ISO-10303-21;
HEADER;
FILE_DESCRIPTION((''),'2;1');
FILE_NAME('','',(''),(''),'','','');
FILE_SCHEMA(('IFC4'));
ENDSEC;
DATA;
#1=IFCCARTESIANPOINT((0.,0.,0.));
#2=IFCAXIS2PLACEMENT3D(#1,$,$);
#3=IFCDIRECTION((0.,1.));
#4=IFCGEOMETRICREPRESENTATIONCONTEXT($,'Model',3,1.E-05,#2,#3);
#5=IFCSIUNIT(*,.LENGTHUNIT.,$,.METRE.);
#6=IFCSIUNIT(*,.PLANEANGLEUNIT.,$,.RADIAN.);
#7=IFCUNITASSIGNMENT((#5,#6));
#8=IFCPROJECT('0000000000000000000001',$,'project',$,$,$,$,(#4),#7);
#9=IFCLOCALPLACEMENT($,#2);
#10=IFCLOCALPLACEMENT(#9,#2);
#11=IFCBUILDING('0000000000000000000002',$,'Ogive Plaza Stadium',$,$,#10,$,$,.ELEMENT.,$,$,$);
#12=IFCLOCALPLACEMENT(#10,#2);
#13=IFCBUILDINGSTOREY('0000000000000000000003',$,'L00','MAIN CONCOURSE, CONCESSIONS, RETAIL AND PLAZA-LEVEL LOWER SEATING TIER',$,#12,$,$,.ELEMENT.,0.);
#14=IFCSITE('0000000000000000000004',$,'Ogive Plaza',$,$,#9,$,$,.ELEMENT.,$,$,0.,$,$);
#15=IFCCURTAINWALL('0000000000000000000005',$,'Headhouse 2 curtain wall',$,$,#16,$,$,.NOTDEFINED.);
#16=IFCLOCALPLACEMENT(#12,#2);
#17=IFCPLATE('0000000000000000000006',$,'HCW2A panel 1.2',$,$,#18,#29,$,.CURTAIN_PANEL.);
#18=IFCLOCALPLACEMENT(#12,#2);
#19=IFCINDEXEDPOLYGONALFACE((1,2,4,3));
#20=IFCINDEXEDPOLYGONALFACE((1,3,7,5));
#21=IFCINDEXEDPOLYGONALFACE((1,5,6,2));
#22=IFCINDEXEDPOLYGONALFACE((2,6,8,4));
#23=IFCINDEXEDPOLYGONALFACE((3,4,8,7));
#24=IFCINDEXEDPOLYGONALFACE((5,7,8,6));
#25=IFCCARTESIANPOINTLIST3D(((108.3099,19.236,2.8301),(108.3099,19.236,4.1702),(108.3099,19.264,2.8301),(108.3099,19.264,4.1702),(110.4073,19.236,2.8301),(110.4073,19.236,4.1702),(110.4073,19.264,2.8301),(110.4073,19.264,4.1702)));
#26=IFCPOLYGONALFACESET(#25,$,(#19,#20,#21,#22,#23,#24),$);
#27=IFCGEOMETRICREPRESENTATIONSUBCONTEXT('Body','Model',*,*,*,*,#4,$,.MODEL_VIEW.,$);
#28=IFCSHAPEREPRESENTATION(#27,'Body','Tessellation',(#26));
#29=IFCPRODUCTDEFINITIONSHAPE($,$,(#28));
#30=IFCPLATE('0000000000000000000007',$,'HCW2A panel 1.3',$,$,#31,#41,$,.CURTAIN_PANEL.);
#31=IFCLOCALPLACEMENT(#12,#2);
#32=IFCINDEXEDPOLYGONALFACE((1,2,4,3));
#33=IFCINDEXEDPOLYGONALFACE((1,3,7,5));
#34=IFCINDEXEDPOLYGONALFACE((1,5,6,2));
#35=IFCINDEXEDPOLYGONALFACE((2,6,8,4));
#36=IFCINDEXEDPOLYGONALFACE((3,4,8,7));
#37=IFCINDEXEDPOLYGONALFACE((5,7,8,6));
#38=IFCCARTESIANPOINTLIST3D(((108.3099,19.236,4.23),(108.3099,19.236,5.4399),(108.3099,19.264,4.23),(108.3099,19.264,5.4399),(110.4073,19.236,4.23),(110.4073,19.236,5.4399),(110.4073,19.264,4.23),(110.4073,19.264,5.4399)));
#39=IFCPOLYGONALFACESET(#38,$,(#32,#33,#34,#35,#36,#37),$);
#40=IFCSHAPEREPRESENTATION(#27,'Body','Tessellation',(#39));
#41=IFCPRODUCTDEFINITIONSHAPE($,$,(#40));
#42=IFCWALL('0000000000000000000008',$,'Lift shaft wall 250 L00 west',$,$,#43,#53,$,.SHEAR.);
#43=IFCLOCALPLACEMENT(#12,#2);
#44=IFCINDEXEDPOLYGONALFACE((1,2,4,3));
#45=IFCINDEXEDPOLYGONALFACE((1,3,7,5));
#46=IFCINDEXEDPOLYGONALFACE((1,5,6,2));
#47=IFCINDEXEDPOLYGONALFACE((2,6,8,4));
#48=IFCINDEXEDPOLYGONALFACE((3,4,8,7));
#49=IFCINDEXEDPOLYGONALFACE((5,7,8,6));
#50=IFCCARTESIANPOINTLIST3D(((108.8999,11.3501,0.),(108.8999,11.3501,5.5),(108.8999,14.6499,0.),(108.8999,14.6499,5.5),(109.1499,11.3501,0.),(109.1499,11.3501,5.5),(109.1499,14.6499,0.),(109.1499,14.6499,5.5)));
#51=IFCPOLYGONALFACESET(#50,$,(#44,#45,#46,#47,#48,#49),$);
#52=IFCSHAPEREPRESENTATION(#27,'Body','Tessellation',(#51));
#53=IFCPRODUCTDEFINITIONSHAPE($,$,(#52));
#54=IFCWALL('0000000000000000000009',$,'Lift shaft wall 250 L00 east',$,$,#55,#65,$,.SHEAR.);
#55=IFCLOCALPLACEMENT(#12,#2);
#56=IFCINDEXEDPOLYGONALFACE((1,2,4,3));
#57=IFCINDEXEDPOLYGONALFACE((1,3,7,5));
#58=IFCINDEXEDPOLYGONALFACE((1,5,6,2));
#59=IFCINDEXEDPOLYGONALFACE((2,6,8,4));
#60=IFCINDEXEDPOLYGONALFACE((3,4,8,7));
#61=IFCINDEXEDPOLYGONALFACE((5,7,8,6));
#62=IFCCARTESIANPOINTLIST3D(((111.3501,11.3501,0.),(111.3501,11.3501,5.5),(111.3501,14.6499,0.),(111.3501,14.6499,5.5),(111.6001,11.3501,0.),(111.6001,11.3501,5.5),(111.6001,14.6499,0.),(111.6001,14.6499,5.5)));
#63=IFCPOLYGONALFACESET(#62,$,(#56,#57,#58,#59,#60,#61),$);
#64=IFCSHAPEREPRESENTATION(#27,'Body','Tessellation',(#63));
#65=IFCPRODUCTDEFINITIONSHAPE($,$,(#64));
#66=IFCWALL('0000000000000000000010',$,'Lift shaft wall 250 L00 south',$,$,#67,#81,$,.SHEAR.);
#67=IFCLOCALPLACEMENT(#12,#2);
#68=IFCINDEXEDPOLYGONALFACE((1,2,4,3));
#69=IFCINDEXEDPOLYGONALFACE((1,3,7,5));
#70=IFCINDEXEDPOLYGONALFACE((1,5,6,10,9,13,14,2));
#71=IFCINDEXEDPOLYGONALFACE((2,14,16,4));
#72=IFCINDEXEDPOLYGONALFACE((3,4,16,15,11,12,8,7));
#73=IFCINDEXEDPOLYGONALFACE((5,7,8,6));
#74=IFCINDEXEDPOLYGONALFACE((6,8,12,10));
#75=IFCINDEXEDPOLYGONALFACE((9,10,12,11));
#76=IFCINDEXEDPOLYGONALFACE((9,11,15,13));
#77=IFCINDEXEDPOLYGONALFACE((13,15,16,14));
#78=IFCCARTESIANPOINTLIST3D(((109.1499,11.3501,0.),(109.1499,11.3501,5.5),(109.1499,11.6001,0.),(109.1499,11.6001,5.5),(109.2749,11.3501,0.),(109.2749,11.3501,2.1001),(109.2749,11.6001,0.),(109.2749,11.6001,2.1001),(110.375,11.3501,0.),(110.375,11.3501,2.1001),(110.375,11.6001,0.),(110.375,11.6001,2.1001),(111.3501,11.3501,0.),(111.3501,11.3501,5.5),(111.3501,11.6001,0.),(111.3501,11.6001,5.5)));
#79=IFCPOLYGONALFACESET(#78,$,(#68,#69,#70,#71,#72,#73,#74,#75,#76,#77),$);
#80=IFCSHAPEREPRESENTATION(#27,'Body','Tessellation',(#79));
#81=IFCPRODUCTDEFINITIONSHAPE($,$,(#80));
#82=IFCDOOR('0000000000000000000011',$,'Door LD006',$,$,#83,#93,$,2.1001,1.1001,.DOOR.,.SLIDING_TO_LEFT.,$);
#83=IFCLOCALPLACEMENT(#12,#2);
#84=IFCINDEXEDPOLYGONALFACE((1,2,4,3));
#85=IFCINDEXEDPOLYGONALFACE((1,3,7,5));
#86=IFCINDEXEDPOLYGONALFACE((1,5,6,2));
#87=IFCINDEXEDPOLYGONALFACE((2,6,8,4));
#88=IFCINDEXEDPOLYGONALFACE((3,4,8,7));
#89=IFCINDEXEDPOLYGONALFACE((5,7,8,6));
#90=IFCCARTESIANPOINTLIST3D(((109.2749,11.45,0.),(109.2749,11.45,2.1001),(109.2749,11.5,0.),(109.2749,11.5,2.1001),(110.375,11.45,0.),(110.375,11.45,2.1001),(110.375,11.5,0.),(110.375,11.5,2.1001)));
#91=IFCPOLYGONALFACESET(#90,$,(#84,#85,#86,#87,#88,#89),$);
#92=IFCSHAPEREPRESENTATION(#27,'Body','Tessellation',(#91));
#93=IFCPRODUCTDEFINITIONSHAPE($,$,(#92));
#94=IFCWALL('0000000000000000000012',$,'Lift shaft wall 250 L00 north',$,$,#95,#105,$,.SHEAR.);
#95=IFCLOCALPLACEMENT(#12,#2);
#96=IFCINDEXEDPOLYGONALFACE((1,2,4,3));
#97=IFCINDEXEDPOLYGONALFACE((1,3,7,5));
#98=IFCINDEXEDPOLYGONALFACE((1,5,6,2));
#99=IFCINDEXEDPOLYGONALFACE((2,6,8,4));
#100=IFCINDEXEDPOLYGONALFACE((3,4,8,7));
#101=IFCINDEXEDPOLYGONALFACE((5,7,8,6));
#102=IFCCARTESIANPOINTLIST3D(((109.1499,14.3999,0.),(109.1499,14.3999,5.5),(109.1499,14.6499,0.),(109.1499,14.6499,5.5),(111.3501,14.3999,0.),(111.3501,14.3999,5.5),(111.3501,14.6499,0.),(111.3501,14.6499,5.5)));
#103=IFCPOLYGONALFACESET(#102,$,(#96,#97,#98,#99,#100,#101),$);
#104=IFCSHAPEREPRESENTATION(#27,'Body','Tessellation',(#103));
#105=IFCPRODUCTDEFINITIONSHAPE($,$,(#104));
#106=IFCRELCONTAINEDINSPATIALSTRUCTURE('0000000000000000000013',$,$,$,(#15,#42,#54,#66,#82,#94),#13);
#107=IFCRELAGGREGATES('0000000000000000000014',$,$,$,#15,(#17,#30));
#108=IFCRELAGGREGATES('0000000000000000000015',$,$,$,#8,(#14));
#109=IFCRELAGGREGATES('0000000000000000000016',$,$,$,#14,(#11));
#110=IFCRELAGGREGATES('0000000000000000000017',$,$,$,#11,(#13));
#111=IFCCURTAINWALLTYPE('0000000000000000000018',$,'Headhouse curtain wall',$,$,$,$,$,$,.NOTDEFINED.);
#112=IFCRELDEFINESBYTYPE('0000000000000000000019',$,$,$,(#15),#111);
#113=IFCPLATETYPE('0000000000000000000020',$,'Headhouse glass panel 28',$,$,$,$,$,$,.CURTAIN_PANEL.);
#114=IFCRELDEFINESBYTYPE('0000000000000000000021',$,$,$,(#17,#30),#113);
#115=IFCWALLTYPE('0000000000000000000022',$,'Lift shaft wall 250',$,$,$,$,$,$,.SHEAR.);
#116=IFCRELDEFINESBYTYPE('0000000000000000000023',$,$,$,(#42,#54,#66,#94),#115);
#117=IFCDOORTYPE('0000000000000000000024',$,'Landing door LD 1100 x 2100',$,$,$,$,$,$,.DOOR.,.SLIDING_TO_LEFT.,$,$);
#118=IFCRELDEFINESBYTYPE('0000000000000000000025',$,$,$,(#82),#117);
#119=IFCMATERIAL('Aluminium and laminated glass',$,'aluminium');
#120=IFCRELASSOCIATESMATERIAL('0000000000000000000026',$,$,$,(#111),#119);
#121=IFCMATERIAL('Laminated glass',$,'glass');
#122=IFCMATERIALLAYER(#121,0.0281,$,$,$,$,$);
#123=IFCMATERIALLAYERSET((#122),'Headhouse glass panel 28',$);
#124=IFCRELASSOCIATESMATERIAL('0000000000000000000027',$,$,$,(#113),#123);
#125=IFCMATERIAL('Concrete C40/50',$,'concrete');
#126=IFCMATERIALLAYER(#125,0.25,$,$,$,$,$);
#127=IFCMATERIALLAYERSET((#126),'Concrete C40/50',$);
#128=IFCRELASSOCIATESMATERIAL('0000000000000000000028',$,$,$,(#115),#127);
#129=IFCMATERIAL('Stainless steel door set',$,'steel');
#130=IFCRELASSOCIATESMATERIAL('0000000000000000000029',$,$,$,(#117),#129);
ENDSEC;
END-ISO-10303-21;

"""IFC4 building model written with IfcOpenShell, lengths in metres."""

from ifc_helpers import new_model, si_unit, direction, frame, frame_2d, origin, origin_2d, place, context, subcontext, project, spatial, rectangle, extrude, material, layer, layer_set, type_object, element, fill, aggregate, save


model = new_model("IFC4")

# Units and contexts
model_context = context("Model", 3, precision=1e-05, world=origin(), true_north=direction((0.0, 1.0)))
body_context = subcontext(model_context, "Body", "Model", "MODEL_VIEW")
ifc_project = project(units=[si_unit("LENGTHUNIT", "METRE"), si_unit("PLANEANGLEUNIT", "RADIAN")], contexts=[model_context])

# Site, building, storey
site_placement = place(None, origin())
site = spatial("IfcSite", under=ifc_project, at=site_placement, Name="Ogive Plaza", CompositionType="ELEMENT", RefElevation=0.0)
building_placement = place(site_placement, origin())
building = spatial("IfcBuilding", under=site, at=building_placement, Name="Ogive Plaza Stadium", CompositionType="ELEMENT")
storey_placement = place(building_placement, origin())
storey = spatial("IfcBuildingStorey", under=building, at=storey_placement, Name="L00", Description="MAIN CONCOURSE, CONCESSIONS, RETAIL AND PLAZA-LEVEL LOWER SEATING TIER", CompositionType="ELEMENT", Elevation=0.0)

# Curtain wall
ifc_material_1 = material(Name="Aluminium and laminated glass", Category="aluminium")
curtain_wall_type = type_object("IfcCurtainWallType", Name="Headhouse curtain wall", PredefinedType="NOTDEFINED", material=ifc_material_1)
curtain_wall_1_placement = place(storey_placement, origin())
curtain_wall_1 = element("IfcCurtainWall", 1, at=curtain_wall_1_placement, inside=storey, type_object=curtain_wall_type, Name="Headhouse 2 curtain wall", PredefinedType="NOTDEFINED")

# Plates
ifc_material_2 = material(Name="Laminated glass", Category="glass")
ifc_layer_1 = layer(ifc_material_2, 0.0281)
ifc_layer_set_1 = layer_set([ifc_layer_1], Name="Headhouse glass panel 28")
plate_type = type_object("IfcPlateType", Name="Headhouse glass panel 28", PredefinedType="CURTAIN_PANEL", material=ifc_layer_set_1)
plate_1_placement = place(storey_placement, frame((109.3586, 19.25, 2.8301), z_axis=(0.0, 0.0, 1.0), x_axis=(1.0, 0.0, 0.0)))
plate_1 = element("IfcPlate", 2, at=plate_1_placement, type_object=plate_type, Name="HCW2A panel 1.2", PredefinedType="CURTAIN_PANEL", context=body_context, shape_type="SweptSolid", body=[
    extrude(rectangle(XDim=2.0974, YDim=0.0281, at=origin_2d()), origin(), (0.0, 0.0, 1.0), 1.3401),
])
plate_2_placement = place(storey_placement, frame((109.3586, 19.25, 4.23), z_axis=(0.0, 0.0, 1.0), x_axis=(1.0, 0.0, 0.0)))
plate_2 = element("IfcPlate", 3, at=plate_2_placement, type_object=plate_type, Name="HCW2A panel 1.3", PredefinedType="CURTAIN_PANEL", context=body_context, shape_type="SweptSolid", body=[
    extrude(rectangle(XDim=2.0974, YDim=0.0281, at=origin_2d()), origin(), (0.0, 0.0, 1.0), 1.21),
])
aggregate(curtain_wall_1, [plate_1, plate_2])

# Walls
ifc_material_3 = material(Name="Concrete C40/50", Category="concrete")
ifc_layer_2 = layer(ifc_material_3, 0.25)
ifc_layer_set_2 = layer_set([ifc_layer_2], Name="Concrete C40/50")
wall_type = type_object("IfcWallType", Name="Lift shaft wall 250", PredefinedType="SHEAR", material=ifc_layer_set_2)
for number, where, z_axis, x_axis, name in (
    (4, (109.0249, 11.3501, 0.0), (0.0, 0.0, 1.0), (0.0, 1.0, 0.0), "Lift shaft wall 250 L00 west"),
    (5, (111.4751, 11.3501, 0.0), (0.0, 0.0, 1.0), (0.0, 1.0, 0.0), "Lift shaft wall 250 L00 east"),
):
    element("IfcWall", number, at=place(storey_placement, frame(where, z_axis=z_axis, x_axis=x_axis)), inside=storey, type_object=wall_type, Name=name, PredefinedType="SHEAR", context=body_context, shape_type="SweptSolid", body=[
        extrude(rectangle(XDim=3.2998, YDim=0.25, at=frame_2d((1.6499, 0.0))), origin(), (0.0, 0.0, 1.0), 5.5),
    ])

# Wall, opening, door
wall_1_placement = place(storey_placement, frame((109.1499, 11.4751, 0.0), z_axis=(0.0, 0.0, 1.0), x_axis=(1.0, 0.0, 0.0)))
wall_1 = element("IfcWall", 6, at=wall_1_placement, inside=storey, type_object=wall_type, Name="Lift shaft wall 250 L00 south", PredefinedType="SHEAR", context=body_context, shape_type="SweptSolid", body=[
    extrude(rectangle(XDim=2.2002, YDim=0.25, at=frame_2d((1.1001, 0.0))), origin(), (0.0, 0.0, 1.0), 5.5),
])
opening_placement = place(wall_1_placement, frame((0.125, 0.0, 0.0)))
opening = element("IfcOpeningElement", 7, at=opening_placement, cuts=wall_1, PredefinedType="OPENING", context=body_context, shape_type="SweptSolid", body=[
    extrude(rectangle(XDim=1.1001, YDim=2.1001, at=frame_2d((0.55, 1.05))), frame((0.0, 0.125, 0.0), z_axis=(0.0, -1.0, 0.0), x_axis=(1.0, 0.0, 0.0)), (0.0, 0.0, 1.0), 0.25),
])
ifc_material_4 = material(Name="Stainless steel door set", Category="steel")
door_type = type_object("IfcDoorType", Name="Landing door LD 1100 x 2100", OperationType="SLIDING_TO_LEFT", PredefinedType="DOOR", material=ifc_material_4)
door_placement = place(opening_placement, origin())
door = element("IfcDoor", 8, at=door_placement, inside=storey, type_object=door_type, Name="Door LD006", OperationType="SLIDING_TO_LEFT", OverallHeight=2.1001, OverallWidth=1.1001, PredefinedType="DOOR", context=body_context, shape_type="SweptSolid", body=[
    extrude(rectangle(XDim=1.1001, YDim=2.1001, at=frame_2d((0.55, 1.05))), frame((0.0, 0.0249, 0.0), z_axis=(0.0, -1.0, 0.0), x_axis=(1.0, 0.0, 0.0)), (0.0, 0.0, 1.0), 0.05),
])
fill(opening, door)

# Wall
wall_2_placement = place(storey_placement, frame((109.1499, 14.5249, 0.0), z_axis=(0.0, 0.0, 1.0), x_axis=(1.0, 0.0, 0.0)))
element("IfcWall", 9, at=wall_2_placement, inside=storey, type_object=wall_type, Name="Lift shaft wall 250 L00 north", PredefinedType="SHEAR", context=body_context, shape_type="SweptSolid", body=[
    extrude(rectangle(XDim=2.2002, YDim=0.25, at=frame_2d((1.1001, 0.0))), origin(), (0.0, 0.0, 1.0), 5.5),
])

save(model, "model.ifc")
